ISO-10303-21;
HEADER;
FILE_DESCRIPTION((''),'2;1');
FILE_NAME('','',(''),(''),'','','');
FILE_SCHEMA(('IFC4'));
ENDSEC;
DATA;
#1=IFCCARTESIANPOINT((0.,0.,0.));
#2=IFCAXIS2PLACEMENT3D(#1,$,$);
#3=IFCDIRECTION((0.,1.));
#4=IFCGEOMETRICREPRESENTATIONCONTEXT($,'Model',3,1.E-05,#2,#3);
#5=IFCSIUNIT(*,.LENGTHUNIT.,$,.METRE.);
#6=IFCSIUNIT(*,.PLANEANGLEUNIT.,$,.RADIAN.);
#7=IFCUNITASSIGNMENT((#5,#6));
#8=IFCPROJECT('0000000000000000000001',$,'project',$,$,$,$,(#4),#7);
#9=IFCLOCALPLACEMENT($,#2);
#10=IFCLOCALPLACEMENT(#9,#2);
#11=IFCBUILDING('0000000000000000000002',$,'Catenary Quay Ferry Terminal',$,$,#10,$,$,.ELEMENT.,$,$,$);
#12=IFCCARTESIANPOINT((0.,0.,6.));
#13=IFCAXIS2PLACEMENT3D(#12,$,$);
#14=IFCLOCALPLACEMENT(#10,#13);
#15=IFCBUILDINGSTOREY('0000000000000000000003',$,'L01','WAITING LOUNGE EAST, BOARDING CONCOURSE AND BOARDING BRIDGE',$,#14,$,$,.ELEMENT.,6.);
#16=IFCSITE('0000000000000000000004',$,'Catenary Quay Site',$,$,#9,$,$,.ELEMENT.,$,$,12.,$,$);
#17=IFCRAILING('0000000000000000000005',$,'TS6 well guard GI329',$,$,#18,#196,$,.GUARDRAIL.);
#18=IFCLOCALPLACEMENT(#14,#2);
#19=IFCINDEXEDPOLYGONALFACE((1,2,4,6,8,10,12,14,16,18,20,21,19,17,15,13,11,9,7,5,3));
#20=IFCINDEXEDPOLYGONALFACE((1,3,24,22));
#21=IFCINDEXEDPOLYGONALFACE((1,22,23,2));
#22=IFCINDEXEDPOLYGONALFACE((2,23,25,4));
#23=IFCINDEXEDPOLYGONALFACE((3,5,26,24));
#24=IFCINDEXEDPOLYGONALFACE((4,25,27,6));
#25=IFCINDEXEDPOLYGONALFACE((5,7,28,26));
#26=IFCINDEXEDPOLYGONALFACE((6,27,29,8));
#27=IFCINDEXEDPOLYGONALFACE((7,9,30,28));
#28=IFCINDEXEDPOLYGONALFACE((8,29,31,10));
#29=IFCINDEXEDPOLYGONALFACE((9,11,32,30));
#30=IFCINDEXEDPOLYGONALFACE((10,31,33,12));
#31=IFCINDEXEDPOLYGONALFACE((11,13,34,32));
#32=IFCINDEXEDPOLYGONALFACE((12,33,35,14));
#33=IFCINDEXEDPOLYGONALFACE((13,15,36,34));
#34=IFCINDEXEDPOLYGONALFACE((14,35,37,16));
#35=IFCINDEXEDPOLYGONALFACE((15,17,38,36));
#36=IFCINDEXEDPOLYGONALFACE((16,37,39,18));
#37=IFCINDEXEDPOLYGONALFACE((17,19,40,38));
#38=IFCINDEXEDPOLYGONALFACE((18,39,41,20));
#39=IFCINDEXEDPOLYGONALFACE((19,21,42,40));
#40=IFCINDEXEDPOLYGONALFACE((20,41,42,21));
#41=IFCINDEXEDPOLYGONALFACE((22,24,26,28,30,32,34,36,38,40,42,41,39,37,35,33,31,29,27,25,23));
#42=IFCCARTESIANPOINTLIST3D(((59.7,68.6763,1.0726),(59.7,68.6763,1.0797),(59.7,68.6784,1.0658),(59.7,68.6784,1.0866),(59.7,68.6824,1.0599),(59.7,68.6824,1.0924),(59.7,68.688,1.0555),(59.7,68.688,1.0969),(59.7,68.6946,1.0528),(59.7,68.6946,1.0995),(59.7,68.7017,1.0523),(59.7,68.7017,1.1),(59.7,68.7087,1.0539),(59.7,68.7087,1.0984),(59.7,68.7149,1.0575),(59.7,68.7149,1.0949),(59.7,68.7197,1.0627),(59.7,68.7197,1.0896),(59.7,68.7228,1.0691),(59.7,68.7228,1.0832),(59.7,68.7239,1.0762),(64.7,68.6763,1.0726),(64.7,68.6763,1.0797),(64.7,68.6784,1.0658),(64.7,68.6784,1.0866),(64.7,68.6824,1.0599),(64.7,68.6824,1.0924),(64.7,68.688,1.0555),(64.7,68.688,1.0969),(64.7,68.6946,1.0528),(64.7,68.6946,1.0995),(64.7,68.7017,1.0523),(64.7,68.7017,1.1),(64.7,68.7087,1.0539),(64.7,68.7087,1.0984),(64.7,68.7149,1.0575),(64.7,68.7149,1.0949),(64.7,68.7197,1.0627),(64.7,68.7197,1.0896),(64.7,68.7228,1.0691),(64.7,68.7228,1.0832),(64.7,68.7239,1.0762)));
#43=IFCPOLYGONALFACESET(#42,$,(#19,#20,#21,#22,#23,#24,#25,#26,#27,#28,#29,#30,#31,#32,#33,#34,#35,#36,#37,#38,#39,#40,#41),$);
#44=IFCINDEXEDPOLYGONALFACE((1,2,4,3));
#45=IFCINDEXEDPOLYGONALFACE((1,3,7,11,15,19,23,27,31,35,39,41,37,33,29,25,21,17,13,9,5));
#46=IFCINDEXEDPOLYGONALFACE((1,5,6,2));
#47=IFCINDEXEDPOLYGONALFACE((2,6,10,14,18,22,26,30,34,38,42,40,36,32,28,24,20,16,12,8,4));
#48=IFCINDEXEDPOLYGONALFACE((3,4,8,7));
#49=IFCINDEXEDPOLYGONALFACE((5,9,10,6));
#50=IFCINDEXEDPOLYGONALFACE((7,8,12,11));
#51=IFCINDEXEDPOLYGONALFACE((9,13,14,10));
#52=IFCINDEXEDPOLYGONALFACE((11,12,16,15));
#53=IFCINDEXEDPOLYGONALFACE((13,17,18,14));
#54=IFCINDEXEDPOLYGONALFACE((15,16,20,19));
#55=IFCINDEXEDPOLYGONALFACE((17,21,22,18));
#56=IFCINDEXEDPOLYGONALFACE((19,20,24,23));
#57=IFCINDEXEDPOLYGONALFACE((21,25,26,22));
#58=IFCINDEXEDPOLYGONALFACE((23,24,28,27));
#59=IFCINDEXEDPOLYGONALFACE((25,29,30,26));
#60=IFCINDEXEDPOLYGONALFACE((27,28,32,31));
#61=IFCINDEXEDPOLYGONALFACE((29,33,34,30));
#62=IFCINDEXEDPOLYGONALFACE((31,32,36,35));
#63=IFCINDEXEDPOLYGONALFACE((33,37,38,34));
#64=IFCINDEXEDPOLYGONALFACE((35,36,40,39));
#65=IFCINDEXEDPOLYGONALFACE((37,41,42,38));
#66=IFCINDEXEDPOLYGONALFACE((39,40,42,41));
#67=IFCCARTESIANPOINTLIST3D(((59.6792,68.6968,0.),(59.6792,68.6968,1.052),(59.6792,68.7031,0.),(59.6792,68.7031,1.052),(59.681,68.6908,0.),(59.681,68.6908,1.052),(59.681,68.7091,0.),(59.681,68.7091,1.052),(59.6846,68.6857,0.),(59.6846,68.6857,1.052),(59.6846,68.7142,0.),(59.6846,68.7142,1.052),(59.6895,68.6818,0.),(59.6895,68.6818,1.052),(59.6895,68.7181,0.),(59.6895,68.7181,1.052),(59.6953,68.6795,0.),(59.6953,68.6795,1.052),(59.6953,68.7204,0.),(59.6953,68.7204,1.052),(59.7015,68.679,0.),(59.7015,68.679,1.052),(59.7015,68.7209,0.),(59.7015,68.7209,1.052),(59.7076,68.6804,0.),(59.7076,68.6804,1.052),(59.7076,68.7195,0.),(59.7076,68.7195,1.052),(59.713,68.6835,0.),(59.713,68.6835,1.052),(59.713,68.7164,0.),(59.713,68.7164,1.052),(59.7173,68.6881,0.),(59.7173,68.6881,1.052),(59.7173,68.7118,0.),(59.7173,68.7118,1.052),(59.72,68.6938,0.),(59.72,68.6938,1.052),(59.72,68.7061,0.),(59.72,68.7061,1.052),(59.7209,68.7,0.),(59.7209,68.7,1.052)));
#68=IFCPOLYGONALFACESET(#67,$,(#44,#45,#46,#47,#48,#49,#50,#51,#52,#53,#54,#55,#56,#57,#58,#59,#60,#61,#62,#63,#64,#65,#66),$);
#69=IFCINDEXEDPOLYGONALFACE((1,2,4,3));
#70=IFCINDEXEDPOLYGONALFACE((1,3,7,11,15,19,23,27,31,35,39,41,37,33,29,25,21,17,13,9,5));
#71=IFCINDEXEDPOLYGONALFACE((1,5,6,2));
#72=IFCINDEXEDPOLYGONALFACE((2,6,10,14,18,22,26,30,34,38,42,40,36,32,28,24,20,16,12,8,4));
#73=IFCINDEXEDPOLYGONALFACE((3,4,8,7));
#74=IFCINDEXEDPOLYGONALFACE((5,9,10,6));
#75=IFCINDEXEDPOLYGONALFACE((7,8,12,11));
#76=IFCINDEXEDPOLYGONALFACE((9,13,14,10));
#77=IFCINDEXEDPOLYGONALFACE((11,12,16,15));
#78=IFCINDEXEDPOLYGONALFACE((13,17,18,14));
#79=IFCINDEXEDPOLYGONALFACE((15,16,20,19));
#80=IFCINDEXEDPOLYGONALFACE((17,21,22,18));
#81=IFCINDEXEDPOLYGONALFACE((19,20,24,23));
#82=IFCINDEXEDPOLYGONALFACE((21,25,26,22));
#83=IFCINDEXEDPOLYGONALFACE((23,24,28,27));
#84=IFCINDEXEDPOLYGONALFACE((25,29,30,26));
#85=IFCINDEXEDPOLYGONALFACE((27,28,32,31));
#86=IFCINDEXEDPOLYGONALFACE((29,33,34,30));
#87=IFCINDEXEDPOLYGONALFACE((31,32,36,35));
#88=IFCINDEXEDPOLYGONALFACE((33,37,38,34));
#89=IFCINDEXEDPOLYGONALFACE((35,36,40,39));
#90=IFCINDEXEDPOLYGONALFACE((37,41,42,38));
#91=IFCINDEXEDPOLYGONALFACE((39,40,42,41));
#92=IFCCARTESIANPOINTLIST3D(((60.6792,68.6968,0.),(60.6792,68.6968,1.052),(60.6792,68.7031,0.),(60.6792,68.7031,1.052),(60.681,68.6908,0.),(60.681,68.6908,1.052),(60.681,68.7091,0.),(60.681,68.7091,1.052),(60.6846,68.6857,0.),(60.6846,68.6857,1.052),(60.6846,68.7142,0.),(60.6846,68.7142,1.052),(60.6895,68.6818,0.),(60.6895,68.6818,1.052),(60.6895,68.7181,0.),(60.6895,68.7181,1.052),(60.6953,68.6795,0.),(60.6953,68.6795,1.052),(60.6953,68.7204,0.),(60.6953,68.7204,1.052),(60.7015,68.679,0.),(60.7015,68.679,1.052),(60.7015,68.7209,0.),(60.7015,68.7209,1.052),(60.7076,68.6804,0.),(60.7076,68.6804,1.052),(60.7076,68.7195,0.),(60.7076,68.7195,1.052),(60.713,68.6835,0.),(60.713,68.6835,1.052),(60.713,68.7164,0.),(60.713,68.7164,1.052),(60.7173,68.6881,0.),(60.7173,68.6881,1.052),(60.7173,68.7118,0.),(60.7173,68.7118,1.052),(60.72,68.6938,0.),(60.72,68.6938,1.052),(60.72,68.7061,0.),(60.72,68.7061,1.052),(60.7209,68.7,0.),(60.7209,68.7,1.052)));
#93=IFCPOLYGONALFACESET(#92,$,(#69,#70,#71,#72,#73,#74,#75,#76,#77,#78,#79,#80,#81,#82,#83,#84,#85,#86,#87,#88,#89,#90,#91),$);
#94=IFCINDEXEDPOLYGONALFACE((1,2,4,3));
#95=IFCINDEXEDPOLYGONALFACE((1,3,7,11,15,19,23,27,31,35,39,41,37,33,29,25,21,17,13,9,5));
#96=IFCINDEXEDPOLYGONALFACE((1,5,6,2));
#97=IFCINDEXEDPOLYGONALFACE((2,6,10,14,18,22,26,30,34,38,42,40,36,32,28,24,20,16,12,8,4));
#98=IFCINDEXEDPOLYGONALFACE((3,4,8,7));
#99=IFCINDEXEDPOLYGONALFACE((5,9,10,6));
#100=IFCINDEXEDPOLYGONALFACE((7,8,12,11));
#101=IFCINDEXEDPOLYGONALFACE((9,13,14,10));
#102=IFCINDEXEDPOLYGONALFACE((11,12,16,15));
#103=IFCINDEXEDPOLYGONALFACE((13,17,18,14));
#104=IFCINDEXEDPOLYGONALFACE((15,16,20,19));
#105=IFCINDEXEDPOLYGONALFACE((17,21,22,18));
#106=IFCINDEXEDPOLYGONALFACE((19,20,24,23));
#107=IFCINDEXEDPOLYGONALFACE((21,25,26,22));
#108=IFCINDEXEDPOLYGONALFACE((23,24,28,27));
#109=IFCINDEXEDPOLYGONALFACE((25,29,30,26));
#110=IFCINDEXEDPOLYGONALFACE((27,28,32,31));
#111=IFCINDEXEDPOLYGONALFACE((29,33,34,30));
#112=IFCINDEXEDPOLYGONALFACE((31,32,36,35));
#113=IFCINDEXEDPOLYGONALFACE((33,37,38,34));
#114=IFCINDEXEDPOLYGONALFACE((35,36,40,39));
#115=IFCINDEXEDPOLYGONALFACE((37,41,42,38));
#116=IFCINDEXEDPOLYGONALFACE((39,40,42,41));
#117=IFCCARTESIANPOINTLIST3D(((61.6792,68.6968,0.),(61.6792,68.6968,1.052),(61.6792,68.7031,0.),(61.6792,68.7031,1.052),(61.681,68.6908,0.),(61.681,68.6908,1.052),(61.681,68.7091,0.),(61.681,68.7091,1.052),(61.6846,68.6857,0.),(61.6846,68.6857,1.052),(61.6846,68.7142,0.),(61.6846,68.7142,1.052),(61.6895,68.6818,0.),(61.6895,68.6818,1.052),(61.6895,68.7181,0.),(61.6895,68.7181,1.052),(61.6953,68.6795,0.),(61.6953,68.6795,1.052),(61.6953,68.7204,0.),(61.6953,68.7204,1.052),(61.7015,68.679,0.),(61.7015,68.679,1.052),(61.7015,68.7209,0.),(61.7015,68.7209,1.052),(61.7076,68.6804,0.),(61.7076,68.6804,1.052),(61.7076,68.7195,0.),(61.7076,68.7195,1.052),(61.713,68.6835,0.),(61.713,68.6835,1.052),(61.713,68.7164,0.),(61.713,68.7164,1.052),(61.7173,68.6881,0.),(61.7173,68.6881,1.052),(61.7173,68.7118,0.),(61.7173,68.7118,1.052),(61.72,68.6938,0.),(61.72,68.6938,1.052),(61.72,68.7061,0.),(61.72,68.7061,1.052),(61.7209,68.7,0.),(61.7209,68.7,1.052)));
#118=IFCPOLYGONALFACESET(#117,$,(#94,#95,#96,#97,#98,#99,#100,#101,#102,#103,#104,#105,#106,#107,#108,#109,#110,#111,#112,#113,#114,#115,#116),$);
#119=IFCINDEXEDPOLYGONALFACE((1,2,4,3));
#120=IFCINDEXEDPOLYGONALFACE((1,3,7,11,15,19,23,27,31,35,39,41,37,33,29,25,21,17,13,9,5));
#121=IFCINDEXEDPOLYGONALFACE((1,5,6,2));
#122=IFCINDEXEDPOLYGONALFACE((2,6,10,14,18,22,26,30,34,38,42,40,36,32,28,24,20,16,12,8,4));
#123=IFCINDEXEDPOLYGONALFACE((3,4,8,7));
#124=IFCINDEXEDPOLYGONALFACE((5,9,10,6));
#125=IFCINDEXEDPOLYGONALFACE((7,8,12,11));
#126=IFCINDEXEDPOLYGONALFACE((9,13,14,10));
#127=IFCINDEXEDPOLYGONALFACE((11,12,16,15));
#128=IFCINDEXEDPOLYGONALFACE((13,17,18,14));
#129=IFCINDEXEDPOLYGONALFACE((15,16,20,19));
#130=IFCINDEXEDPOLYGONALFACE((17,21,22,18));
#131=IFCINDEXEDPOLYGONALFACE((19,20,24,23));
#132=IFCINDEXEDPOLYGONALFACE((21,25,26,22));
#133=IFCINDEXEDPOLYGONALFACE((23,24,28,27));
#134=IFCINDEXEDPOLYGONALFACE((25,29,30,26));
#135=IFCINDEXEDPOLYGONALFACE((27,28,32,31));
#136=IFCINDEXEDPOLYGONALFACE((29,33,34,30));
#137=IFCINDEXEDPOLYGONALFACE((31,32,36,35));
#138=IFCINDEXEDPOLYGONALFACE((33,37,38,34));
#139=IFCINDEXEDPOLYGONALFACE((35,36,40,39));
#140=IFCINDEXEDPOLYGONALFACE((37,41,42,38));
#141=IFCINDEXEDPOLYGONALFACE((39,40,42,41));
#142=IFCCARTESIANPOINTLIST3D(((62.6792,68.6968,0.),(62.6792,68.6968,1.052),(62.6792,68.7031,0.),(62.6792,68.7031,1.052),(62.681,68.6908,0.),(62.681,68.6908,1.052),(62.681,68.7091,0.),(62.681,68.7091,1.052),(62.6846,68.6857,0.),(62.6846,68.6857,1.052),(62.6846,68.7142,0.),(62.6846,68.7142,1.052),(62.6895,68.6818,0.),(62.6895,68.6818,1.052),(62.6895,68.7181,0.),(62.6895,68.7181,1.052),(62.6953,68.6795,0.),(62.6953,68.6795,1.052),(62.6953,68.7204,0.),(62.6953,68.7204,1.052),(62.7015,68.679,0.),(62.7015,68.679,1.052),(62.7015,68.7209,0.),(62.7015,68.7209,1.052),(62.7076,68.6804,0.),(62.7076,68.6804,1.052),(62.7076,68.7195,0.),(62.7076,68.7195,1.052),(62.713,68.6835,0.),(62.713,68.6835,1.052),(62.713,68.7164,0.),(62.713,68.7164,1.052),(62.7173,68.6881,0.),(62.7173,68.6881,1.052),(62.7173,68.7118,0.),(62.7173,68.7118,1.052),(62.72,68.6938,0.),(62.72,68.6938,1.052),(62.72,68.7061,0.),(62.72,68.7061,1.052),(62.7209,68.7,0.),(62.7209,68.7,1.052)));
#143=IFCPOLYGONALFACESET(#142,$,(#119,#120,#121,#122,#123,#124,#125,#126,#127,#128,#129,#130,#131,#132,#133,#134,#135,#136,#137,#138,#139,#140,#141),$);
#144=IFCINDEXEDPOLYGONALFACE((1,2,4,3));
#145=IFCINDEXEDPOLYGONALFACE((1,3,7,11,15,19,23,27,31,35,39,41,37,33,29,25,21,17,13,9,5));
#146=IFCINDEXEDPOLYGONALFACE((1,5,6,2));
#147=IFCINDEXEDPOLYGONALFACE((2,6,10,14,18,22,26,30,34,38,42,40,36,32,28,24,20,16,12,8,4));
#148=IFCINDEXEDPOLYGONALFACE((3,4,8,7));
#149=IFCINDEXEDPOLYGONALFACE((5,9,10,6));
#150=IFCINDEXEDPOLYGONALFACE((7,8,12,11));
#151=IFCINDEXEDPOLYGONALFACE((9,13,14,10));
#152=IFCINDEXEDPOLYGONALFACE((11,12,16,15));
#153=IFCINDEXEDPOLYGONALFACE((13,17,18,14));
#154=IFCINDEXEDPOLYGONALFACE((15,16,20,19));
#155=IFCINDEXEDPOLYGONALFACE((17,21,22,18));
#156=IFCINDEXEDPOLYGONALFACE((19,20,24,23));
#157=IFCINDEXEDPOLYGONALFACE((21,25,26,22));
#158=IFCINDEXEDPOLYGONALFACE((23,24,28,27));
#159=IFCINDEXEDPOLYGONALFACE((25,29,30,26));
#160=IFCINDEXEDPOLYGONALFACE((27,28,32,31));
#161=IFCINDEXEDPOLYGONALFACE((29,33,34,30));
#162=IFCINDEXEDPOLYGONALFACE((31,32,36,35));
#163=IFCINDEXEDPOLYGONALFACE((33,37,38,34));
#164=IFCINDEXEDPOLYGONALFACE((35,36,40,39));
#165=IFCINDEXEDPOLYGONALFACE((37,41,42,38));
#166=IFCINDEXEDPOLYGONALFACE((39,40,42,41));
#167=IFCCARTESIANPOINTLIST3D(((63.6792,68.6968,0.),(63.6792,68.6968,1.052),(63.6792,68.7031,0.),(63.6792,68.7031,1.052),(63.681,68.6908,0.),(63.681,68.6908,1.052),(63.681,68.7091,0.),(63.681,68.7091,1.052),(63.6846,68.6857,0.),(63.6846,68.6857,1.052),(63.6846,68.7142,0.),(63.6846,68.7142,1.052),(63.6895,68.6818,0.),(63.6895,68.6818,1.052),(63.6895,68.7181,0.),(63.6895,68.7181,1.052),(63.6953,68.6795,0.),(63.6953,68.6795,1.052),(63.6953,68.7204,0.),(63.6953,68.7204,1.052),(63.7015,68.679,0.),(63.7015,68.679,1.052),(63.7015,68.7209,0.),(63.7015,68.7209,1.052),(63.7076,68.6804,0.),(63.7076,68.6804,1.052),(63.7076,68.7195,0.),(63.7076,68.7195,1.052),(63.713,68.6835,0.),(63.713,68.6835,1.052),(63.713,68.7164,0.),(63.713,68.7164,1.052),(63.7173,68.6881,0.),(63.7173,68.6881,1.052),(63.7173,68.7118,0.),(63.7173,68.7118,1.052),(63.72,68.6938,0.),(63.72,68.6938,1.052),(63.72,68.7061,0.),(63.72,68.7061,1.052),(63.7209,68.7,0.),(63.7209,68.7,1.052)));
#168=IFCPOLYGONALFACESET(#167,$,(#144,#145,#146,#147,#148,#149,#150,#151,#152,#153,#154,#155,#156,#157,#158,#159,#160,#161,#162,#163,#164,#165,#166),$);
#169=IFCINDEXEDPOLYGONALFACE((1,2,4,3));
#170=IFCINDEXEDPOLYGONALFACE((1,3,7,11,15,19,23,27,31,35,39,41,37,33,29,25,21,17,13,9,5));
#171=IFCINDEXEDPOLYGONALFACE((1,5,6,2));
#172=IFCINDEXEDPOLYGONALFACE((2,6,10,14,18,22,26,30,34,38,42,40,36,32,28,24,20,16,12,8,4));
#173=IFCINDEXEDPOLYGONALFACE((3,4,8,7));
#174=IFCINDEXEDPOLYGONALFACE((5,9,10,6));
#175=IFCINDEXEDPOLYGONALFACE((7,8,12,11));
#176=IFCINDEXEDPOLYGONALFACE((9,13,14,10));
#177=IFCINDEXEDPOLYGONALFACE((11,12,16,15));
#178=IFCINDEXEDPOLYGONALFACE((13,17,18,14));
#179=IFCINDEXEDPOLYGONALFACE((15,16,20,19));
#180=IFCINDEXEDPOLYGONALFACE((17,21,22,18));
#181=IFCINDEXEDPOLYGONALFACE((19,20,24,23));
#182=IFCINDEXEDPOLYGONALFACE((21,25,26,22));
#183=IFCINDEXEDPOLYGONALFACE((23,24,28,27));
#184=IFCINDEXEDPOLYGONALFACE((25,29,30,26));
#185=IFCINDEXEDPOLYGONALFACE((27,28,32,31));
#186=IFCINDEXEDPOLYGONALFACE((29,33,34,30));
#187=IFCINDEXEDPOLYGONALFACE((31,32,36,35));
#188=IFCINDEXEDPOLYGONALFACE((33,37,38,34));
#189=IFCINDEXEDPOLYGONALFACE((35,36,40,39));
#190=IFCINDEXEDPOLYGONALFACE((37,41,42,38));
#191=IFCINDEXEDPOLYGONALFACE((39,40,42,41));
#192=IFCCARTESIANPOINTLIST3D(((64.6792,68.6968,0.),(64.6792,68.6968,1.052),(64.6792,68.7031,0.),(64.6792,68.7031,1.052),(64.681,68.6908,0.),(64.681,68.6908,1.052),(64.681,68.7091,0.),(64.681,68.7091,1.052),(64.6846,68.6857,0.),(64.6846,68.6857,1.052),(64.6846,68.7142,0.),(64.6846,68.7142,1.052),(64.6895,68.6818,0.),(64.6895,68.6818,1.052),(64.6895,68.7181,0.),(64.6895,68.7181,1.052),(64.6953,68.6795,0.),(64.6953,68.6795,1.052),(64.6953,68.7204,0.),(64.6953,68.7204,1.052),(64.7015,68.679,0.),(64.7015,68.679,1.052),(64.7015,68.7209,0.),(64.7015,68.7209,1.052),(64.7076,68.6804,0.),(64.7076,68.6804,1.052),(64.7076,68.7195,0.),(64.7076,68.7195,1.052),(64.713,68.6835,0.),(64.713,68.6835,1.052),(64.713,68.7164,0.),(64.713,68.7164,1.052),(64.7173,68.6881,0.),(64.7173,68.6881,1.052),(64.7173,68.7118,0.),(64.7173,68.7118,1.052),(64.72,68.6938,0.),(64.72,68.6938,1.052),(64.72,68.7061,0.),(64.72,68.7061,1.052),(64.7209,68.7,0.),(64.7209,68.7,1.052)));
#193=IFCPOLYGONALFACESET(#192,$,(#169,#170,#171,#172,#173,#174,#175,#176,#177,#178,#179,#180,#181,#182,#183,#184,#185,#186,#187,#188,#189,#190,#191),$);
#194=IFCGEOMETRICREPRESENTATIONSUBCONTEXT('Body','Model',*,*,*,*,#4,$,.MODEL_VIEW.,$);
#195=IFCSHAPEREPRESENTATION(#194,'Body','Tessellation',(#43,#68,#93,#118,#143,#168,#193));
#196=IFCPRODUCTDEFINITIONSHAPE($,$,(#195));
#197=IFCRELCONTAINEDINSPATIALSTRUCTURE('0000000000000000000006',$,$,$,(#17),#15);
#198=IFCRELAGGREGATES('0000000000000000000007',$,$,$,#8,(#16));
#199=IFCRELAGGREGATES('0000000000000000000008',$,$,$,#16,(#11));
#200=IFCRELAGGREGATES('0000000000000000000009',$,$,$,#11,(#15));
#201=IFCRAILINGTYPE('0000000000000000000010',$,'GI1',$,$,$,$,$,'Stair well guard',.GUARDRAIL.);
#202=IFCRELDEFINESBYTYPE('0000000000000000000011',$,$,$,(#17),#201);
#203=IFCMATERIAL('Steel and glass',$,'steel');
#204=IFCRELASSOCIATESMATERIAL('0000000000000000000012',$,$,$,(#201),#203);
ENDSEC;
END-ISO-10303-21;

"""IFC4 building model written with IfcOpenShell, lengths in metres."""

from ifc_helpers import new_model, si_unit, direction, frame, origin, origin_2d, place, context, subcontext, project, spatial, circle, extrude, material, type_object, element, save


model = new_model("IFC4")

# Units and contexts
model_context = context("Model", 3, precision=1e-05, world=origin(), true_north=direction((0.0, 1.0)))
body_context = subcontext(model_context, "Body", "Model", "MODEL_VIEW")
ifc_project = project(units=[si_unit("LENGTHUNIT", "METRE"), si_unit("PLANEANGLEUNIT", "RADIAN")], contexts=[model_context])

# Site, building, storey
site_placement = place(None, origin())
site = spatial("IfcSite", under=ifc_project, at=site_placement, Name="Catenary Quay Site", CompositionType="ELEMENT", RefElevation=12.0)
building_placement = place(site_placement, origin())
building = spatial("IfcBuilding", under=site, at=building_placement, Name="Catenary Quay Ferry Terminal", CompositionType="ELEMENT")
storey_placement = place(building_placement, frame((0.0, 0.0, 6.0)))
storey = spatial("IfcBuildingStorey", under=building, at=storey_placement, Name="L01", Description="WAITING LOUNGE EAST, BOARDING CONCOURSE AND BOARDING BRIDGE", CompositionType="ELEMENT", Elevation=6.0)

# Railing
ifc_material_1 = material(Name="Steel and glass", Category="steel")
railing_type = type_object("IfcRailingType", Name="GI1", ElementType="Stair well guard", PredefinedType="GUARDRAIL", material=ifc_material_1)
railing_placement = place(storey_placement, frame((59.7, 68.7, 0.0)))
element("IfcRailing", 1, at=railing_placement, inside=storey, type_object=railing_type, Name="TS6 well guard GI329", PredefinedType="GUARDRAIL", context=body_context, shape_type="SweptSolid", body=[
    extrude(circle(Radius=0.0239, at=origin_2d()), frame((0.0, 0.0, 1.0762), z_axis=(1.0, 0.0, 0.0), x_axis=(0.0, 1.0, 0.0)), (0.0, 0.0, 1.0), 5.0),
    extrude(circle(Radius=0.021, at=origin_2d()), origin(), (0.0, 0.0, 1.0), 1.052),
    extrude(circle(Radius=0.021, at=origin_2d()), frame((1.0, 0.0, 0.0)), (0.0, 0.0, 1.0), 1.052),
    extrude(circle(Radius=0.021, at=origin_2d()), frame((2.0, 0.0, 0.0)), (0.0, 0.0, 1.0), 1.052),
    extrude(circle(Radius=0.021, at=origin_2d()), frame((3.0, 0.0, 0.0)), (0.0, 0.0, 1.0), 1.052),
    extrude(circle(Radius=0.021, at=origin_2d()), frame((4.0, 0.0, 0.0)), (0.0, 0.0, 1.0), 1.052),
    extrude(circle(Radius=0.021, at=origin_2d()), frame((5.0, 0.0, 0.0)), (0.0, 0.0, 1.0), 1.052),
])

save(model, "model.ifc")
